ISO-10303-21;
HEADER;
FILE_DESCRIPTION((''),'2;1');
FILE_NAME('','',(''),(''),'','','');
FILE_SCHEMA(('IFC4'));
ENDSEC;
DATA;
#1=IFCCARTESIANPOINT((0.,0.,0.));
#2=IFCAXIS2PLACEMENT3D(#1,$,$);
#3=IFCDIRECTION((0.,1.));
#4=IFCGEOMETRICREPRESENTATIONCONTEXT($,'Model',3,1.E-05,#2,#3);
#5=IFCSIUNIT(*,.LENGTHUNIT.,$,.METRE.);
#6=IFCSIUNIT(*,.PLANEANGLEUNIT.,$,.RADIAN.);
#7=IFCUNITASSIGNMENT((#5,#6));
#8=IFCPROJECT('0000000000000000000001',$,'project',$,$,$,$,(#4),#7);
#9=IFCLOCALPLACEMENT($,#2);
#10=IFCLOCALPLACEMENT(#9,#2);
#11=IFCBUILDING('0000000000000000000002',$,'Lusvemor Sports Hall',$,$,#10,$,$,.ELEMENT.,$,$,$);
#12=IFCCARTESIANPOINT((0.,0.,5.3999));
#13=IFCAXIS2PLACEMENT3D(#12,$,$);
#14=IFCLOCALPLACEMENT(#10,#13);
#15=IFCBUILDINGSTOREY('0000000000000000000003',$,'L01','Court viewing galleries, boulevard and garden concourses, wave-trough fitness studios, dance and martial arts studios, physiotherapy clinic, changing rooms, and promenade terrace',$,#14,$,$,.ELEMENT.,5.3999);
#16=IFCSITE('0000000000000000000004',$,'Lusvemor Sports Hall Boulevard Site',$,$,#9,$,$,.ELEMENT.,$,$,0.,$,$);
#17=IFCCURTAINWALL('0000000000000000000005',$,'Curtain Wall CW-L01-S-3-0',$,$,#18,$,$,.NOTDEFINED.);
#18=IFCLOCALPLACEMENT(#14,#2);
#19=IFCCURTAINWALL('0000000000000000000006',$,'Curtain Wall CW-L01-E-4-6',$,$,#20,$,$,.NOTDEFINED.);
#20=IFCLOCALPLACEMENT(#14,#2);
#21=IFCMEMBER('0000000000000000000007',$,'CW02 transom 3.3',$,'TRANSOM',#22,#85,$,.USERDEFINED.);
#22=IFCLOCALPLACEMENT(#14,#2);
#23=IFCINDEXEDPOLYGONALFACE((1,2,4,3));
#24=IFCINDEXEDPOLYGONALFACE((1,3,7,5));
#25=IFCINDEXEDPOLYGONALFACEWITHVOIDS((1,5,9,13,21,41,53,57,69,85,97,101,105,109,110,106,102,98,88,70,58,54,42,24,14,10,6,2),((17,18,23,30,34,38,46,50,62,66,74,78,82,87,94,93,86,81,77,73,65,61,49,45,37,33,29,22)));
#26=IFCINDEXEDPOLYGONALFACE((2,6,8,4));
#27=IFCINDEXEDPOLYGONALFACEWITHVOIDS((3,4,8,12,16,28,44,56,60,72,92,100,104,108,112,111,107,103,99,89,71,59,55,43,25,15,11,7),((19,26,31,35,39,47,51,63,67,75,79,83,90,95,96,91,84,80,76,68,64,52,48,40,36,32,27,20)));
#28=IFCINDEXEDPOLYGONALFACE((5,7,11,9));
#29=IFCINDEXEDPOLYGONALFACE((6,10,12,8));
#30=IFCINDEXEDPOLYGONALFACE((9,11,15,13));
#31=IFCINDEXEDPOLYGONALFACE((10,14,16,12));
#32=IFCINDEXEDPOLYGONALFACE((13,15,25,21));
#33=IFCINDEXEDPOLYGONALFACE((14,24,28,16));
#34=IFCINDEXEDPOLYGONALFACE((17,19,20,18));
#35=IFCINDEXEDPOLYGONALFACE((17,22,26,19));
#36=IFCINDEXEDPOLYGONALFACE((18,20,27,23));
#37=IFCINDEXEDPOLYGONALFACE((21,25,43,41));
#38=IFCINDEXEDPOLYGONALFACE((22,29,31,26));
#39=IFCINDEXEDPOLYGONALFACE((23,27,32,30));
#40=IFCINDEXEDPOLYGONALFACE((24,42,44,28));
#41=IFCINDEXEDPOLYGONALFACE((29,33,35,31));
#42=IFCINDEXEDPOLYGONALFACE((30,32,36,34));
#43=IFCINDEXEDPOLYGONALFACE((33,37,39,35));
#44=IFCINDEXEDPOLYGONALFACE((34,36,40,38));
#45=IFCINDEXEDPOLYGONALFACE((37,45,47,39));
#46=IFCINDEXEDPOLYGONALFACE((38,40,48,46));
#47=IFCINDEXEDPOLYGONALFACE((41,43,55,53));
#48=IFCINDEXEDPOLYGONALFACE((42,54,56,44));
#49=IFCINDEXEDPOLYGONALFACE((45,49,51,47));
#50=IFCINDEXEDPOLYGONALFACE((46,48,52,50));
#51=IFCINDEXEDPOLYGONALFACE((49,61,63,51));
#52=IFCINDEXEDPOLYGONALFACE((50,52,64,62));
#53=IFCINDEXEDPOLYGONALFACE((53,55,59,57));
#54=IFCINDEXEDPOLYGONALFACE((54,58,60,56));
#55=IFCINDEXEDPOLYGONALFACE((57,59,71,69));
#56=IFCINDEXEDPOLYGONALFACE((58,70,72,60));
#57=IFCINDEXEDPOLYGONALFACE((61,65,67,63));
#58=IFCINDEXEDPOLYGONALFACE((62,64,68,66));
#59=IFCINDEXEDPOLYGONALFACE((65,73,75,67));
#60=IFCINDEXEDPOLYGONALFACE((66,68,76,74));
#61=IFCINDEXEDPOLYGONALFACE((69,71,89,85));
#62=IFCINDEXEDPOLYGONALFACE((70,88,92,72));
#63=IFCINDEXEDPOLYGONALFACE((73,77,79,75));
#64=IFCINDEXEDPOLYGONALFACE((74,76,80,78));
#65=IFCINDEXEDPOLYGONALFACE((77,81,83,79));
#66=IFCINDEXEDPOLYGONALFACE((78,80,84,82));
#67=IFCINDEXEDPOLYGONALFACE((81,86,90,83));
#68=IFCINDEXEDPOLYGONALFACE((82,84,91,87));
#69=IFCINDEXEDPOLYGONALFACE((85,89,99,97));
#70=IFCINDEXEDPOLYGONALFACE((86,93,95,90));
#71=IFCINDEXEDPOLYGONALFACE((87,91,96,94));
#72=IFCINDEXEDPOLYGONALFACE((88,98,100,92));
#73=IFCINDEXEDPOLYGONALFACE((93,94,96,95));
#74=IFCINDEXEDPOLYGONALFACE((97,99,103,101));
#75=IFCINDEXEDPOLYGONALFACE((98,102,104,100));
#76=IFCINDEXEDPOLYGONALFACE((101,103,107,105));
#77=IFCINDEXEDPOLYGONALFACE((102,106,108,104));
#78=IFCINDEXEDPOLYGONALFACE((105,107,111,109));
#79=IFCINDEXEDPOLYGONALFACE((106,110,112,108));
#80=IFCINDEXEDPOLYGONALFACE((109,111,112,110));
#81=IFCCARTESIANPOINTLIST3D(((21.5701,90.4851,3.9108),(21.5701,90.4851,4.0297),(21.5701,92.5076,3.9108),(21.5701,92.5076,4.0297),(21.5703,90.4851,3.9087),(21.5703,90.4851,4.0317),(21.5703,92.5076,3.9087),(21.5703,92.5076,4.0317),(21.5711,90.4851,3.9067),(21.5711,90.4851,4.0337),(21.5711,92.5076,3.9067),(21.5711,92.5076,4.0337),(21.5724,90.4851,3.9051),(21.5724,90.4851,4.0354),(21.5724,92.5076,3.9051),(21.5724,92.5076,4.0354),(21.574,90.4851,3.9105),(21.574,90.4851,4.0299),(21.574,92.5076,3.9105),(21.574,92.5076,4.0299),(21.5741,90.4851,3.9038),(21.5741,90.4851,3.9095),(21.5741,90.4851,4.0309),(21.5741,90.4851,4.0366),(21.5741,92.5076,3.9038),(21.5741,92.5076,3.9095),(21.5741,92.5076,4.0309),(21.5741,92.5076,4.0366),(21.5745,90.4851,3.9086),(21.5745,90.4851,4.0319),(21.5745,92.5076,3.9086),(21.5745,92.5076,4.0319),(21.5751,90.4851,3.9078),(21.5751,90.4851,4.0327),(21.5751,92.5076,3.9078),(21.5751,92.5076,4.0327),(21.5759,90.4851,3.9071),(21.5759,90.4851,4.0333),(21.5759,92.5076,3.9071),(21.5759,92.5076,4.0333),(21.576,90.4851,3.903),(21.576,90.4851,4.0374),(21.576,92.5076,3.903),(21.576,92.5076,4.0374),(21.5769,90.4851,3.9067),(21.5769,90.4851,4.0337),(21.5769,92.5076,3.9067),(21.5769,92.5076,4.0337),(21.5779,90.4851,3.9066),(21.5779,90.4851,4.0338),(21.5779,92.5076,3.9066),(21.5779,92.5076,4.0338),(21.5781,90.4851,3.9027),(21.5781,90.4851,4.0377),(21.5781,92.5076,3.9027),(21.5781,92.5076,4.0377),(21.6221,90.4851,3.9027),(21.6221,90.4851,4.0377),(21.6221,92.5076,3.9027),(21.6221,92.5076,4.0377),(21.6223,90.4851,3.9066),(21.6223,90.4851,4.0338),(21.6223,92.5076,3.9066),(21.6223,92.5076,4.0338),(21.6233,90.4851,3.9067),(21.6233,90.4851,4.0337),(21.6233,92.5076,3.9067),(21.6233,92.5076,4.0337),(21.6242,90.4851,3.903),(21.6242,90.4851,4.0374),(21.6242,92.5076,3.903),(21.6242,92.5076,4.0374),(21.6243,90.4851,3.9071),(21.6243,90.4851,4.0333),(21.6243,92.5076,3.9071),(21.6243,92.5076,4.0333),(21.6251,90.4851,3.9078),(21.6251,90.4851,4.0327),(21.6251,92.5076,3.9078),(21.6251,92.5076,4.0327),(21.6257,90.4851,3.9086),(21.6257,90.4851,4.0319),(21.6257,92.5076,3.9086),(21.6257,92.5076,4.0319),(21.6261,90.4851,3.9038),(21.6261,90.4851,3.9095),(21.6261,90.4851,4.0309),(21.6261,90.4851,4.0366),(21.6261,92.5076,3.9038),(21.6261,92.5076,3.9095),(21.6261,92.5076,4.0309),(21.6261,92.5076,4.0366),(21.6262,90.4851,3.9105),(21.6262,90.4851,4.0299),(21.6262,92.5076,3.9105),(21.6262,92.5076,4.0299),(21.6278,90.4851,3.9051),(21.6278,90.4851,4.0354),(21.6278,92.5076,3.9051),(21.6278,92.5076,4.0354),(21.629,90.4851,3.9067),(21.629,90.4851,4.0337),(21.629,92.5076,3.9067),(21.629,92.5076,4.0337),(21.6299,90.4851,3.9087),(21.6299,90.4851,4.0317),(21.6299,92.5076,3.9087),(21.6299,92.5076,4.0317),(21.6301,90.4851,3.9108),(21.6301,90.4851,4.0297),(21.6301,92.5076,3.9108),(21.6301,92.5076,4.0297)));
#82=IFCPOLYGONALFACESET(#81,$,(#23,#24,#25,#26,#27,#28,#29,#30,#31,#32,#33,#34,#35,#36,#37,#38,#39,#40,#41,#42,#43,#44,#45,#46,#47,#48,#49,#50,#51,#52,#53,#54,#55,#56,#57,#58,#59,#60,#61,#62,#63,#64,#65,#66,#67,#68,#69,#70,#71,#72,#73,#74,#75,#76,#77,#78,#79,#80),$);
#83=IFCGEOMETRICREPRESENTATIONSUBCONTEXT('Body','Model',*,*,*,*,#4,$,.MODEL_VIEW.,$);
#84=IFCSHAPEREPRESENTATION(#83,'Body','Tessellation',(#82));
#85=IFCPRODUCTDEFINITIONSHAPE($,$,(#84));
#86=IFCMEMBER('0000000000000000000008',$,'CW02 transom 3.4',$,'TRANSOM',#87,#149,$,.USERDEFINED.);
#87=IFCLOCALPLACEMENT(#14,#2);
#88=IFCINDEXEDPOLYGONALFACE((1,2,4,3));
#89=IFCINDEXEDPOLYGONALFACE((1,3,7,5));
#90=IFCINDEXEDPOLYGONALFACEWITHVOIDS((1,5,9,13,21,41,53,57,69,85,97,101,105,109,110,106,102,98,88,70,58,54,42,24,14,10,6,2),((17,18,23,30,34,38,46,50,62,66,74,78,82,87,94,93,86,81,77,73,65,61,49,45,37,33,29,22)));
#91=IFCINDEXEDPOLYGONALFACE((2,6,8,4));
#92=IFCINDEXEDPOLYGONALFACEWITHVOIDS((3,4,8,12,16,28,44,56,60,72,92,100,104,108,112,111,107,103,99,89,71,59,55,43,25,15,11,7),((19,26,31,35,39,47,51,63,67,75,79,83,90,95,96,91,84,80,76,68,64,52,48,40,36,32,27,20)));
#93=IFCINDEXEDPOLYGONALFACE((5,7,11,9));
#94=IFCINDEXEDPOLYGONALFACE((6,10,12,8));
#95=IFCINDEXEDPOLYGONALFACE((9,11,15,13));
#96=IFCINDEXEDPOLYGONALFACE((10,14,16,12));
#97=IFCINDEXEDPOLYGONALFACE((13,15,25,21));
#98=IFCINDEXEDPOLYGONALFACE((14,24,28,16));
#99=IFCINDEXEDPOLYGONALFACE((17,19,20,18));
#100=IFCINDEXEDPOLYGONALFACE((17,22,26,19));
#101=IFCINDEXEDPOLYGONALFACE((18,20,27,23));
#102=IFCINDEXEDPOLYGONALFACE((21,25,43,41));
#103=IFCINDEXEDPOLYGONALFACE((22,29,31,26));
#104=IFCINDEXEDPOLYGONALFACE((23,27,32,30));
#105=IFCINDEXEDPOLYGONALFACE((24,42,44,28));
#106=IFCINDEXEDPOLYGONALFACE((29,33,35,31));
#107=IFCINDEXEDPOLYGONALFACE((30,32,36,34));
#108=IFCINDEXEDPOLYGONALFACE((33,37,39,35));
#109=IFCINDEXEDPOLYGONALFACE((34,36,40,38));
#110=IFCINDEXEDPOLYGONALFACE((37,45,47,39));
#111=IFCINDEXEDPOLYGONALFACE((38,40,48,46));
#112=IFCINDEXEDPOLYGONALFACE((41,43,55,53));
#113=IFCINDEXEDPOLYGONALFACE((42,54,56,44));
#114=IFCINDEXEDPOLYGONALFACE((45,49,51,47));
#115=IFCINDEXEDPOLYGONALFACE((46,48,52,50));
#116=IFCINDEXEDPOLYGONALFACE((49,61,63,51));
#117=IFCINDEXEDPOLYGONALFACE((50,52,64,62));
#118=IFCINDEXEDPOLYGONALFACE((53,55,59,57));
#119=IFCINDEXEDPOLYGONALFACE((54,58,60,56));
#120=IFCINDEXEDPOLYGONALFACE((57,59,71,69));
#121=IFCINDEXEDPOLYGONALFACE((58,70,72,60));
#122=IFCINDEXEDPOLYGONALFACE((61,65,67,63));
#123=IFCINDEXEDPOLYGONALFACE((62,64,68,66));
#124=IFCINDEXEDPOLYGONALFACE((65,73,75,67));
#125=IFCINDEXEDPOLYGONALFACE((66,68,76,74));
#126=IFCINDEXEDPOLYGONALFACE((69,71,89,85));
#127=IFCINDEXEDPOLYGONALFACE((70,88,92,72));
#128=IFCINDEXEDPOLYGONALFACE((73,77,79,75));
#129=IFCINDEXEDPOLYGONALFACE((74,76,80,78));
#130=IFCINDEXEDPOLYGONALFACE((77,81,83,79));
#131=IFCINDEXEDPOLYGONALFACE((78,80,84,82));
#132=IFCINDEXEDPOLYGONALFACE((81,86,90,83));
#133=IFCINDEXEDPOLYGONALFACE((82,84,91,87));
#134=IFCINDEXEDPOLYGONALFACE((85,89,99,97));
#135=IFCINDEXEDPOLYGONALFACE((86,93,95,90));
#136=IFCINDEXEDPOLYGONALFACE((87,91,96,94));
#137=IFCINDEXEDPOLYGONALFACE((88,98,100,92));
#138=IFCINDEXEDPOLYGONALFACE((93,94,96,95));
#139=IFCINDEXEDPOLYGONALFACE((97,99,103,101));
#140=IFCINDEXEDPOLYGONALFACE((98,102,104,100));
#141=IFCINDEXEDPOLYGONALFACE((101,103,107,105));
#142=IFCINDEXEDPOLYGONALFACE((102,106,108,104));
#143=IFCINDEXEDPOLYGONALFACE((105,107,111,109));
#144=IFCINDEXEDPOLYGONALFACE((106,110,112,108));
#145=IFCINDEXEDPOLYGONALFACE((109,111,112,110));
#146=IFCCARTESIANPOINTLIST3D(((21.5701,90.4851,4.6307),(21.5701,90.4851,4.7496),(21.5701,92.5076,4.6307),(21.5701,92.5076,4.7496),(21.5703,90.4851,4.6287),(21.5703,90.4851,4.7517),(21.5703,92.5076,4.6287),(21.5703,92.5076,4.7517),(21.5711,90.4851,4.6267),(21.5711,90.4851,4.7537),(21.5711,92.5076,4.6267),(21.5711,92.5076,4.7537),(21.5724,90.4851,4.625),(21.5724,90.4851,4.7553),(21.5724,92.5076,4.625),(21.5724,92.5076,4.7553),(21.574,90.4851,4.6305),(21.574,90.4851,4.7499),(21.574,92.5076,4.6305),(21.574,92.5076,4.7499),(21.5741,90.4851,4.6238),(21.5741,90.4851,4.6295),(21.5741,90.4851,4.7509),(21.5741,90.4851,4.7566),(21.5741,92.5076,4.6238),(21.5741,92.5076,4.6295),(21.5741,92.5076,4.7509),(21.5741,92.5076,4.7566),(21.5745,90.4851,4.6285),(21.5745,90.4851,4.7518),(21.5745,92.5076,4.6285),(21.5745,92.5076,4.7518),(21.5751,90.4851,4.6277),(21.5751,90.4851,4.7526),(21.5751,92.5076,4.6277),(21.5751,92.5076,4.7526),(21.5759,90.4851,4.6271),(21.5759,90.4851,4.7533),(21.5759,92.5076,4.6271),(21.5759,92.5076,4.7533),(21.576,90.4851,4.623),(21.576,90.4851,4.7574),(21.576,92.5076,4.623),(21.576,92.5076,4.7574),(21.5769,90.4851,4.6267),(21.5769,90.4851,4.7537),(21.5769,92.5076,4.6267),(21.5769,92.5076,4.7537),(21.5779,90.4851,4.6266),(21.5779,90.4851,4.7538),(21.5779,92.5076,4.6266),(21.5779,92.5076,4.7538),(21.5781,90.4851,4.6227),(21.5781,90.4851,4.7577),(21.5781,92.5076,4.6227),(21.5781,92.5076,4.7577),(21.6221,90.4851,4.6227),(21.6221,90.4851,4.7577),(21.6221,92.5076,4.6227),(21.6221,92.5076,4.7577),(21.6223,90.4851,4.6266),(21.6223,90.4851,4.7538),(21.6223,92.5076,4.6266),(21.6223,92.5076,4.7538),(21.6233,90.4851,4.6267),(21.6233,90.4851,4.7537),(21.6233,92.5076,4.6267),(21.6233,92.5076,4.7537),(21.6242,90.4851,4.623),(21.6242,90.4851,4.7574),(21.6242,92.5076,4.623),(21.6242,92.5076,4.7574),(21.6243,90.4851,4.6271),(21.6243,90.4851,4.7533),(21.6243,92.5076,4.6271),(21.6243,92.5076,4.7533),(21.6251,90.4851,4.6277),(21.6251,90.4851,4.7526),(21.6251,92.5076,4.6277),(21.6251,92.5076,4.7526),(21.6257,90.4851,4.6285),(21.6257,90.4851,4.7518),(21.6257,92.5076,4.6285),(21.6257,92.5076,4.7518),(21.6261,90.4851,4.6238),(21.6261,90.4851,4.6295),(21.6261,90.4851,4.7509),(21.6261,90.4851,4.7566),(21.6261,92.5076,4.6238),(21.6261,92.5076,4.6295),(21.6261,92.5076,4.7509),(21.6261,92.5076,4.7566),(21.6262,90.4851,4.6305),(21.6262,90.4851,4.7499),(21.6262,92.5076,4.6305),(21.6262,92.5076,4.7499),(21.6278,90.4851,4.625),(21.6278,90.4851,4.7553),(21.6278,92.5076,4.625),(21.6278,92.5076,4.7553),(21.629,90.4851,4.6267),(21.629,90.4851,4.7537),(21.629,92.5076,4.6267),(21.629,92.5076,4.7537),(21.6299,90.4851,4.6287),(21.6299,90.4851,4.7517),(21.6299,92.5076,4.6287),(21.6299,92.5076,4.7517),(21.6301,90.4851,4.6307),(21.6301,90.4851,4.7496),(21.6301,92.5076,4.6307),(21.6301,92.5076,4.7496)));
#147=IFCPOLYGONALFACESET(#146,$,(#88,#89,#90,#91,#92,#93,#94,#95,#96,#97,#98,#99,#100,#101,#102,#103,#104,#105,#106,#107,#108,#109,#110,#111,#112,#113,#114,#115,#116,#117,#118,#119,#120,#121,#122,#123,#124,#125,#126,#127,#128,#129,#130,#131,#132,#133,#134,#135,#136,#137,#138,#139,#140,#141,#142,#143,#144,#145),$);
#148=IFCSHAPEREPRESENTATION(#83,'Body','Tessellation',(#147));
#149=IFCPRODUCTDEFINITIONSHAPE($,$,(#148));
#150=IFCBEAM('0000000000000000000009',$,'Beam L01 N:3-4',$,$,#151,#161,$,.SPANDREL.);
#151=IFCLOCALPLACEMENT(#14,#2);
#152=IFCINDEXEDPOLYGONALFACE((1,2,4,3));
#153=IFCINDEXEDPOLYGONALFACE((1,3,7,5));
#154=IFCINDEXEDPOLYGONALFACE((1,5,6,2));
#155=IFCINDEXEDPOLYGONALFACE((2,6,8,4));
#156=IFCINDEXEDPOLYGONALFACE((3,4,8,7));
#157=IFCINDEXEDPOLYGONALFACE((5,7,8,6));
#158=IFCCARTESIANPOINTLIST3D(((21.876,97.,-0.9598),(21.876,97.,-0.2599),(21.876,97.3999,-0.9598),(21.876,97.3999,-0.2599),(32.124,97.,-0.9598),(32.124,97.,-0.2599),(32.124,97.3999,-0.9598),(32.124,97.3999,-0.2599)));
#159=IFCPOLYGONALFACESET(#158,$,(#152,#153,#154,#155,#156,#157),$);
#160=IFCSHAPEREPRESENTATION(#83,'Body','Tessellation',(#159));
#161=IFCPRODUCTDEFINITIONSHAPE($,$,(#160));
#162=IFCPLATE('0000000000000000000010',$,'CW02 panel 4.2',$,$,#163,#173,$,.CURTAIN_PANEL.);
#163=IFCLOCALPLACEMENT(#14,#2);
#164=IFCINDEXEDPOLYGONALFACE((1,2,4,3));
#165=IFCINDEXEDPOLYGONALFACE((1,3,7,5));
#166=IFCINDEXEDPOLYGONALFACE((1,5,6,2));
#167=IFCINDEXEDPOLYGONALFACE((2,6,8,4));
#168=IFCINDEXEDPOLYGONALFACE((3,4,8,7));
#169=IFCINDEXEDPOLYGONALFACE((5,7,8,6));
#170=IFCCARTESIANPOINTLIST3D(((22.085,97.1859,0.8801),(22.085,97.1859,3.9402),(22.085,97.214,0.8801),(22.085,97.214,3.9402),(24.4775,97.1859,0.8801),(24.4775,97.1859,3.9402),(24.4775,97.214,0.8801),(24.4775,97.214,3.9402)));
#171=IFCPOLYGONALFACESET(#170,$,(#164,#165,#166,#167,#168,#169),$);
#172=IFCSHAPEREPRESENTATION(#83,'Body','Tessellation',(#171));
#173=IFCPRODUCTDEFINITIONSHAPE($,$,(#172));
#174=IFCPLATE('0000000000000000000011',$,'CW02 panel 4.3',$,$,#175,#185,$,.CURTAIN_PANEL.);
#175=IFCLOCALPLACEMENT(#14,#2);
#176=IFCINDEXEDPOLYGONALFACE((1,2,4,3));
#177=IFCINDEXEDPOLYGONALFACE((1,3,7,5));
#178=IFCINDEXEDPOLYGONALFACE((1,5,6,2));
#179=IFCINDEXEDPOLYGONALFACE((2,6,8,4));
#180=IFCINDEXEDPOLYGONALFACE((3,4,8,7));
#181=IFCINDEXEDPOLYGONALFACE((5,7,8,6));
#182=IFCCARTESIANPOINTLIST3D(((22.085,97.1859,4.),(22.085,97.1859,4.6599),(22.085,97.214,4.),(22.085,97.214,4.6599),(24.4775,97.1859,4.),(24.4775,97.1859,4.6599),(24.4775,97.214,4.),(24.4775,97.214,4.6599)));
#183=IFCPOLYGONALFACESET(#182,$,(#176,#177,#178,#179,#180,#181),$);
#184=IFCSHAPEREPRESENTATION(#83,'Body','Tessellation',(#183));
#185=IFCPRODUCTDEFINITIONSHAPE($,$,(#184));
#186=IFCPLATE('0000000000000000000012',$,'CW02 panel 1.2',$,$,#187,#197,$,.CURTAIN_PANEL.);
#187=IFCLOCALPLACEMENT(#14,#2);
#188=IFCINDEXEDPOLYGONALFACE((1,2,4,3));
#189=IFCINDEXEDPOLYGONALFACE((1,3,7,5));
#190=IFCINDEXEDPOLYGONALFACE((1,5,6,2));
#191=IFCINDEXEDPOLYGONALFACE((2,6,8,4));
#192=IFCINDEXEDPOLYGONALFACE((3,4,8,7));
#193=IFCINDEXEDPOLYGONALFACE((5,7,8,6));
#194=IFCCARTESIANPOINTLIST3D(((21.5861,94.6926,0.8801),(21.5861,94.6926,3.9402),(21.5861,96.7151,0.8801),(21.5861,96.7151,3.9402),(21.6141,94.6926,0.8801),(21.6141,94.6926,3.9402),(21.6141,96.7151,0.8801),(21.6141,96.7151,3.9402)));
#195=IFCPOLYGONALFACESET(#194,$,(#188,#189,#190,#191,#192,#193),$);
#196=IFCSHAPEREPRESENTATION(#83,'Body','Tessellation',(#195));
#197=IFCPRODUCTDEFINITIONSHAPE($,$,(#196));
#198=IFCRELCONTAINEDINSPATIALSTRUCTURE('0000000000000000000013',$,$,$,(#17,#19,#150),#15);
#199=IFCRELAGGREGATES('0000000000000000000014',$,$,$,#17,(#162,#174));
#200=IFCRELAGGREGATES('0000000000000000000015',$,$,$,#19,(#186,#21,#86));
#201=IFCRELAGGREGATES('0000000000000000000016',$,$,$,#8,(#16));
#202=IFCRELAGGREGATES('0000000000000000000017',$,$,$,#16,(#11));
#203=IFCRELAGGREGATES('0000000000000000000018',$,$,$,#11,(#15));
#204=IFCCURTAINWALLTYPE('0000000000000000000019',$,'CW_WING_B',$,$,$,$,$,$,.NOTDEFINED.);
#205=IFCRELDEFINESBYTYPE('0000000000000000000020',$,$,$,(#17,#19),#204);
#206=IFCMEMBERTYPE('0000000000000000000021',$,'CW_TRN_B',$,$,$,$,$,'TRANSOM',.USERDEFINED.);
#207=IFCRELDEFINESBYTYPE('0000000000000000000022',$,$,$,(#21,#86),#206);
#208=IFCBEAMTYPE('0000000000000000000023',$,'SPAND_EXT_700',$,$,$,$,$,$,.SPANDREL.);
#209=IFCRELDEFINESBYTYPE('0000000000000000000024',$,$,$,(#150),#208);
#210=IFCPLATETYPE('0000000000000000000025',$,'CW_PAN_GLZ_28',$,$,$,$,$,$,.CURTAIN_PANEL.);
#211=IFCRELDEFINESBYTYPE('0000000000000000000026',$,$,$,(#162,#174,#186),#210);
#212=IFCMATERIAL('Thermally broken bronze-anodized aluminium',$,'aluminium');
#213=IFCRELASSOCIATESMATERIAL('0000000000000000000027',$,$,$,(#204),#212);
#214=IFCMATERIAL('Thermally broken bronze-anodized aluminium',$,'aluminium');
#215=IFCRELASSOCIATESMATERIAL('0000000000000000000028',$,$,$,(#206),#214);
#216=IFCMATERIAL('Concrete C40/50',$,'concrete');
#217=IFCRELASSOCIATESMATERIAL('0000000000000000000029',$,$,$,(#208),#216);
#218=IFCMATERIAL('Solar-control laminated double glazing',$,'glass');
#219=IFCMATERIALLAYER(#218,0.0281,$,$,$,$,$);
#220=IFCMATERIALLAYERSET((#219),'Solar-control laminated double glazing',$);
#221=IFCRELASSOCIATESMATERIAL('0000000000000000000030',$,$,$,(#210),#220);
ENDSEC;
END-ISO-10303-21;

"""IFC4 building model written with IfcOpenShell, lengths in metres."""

from ifc_helpers import new_model, si_unit, direction, frame, origin, origin_2d, place, context, subcontext, project, spatial, rectangle, hollow_rectangle, extrude, material, layer, layer_set, material_profile, profile_set, type_object, element, aggregate, save


model = new_model("IFC4")

# Units and contexts
model_context = context("Model", 3, precision=1e-05, world=origin(), true_north=direction((0.0, 1.0)))
body_context = subcontext(model_context, "Body", "Model", "MODEL_VIEW")
ifc_project = project(units=[si_unit("LENGTHUNIT", "METRE"), si_unit("PLANEANGLEUNIT", "RADIAN")], contexts=[model_context])

# Site, building, storey
site_placement = place(None, origin())
site = spatial("IfcSite", under=ifc_project, at=site_placement, Name="Lusvemor Sports Hall Boulevard Site", CompositionType="ELEMENT", RefElevation=0.0)
building_placement = place(site_placement, origin())
building = spatial("IfcBuilding", under=site, at=building_placement, Name="Lusvemor Sports Hall", CompositionType="ELEMENT")
storey_placement = place(building_placement, frame((0.0, 0.0, 5.3999)))
storey = spatial("IfcBuildingStorey", under=building, at=storey_placement, Name="L01", Description="Court viewing galleries, boulevard and garden concourses, wave-trough fitness studios, dance and martial arts studios, physiotherapy clinic, changing rooms, and promenade terrace", CompositionType="ELEMENT", Elevation=5.3999)

# Curtain wall
ifc_material_1 = material(Name="Thermally broken bronze-anodized aluminium", Category="aluminium")
curtain_wall_type = type_object("IfcCurtainWallType", Name="CW_WING_B", PredefinedType="NOTDEFINED", material=ifc_material_1)
curtain_wall_1_placement = place(storey_placement, origin())
curtain_wall_1 = element("IfcCurtainWall", 1, at=curtain_wall_1_placement, inside=storey, type_object=curtain_wall_type, Name="Curtain Wall CW-L01-S-3-0", PredefinedType="NOTDEFINED")

# Curtain wall
curtain_wall_2_placement = place(storey_placement, origin())
curtain_wall_2 = element("IfcCurtainWall", 2, at=curtain_wall_2_placement, inside=storey, type_object=curtain_wall_type, Name="Curtain Wall CW-L01-E-4-6", PredefinedType="NOTDEFINED")

# Members
ifc_material_2 = material(Name="Thermally broken bronze-anodized aluminium", Category="aluminium")
ifc_material_profile_1 = material_profile(ifc_material_2, hollow_rectangle(XDim=0.0601, YDim=0.135, WallThickness=0.0039, InnerFilletRadius=0.0039, OuterFilletRadius=0.0081, at=origin_2d()), Name="CWTRN135x60x4")
ifc_profile_set_1 = profile_set([ifc_material_profile_1], Name="Thermally broken bronze-anodized aluminium")
member_type_1 = type_object("IfcMemberType", Name="CW_TRN_B", ElementType="TRANSOM", PredefinedType="USERDEFINED", material=ifc_profile_set_1)
member_1_placement = place(storey_placement, frame((21.6001, 92.5076, 3.9702), z_axis=(0.0, -1.0, 0.0), x_axis=(1.0, 0.0, 0.0)))
member_1 = element("IfcMember", 3, at=member_1_placement, type_object=member_type_1, Name="CW02 transom 3.3", ObjectType="TRANSOM", PredefinedType="USERDEFINED", context=body_context, shape_type="SweptSolid", body=[
    extrude(hollow_rectangle(XDim=0.0601, YDim=0.135, WallThickness=0.0039, InnerFilletRadius=0.0039, OuterFilletRadius=0.0081, at=origin_2d()), origin(), (0.0, 0.0, 1.0), 2.0225),
])
member_2_placement = place(storey_placement, frame((21.6001, 92.5076, 4.6902), z_axis=(0.0, -1.0, 0.0), x_axis=(1.0, 0.0, 0.0)))
member_2 = element("IfcMember", 4, at=member_2_placement, type_object=member_type_1, Name="CW02 transom 3.4", ObjectType="TRANSOM", PredefinedType="USERDEFINED", context=body_context, shape_type="SweptSolid", body=[
    extrude(hollow_rectangle(XDim=0.0601, YDim=0.135, WallThickness=0.0039, InnerFilletRadius=0.0039, OuterFilletRadius=0.0081, at=origin_2d()), origin(), (0.0, 0.0, 1.0), 2.0225),
])

# Beam
ifc_material_3 = material(Name="Concrete C40/50", Category="concrete")
ifc_material_profile_2 = material_profile(ifc_material_3, rectangle(XDim=0.3999, YDim=0.7, at=origin_2d()), Name="RC400x700")
ifc_profile_set_2 = profile_set([ifc_material_profile_2], Name="Concrete C40/50")
beam_type = type_object("IfcBeamType", Name="SPAND_EXT_700", PredefinedType="SPANDREL", material=ifc_profile_set_2)
beam_placement = place(storey_placement, frame((21.876, 97.2, -0.6099), z_axis=(1.0, 0.0, 0.0), x_axis=(0.0, 1.0, 0.0)))
element("IfcBeam", 5, at=beam_placement, inside=storey, type_object=beam_type, Name="Beam L01 N:3-4", PredefinedType="SPANDREL", context=body_context, shape_type="SweptSolid", body=[
    extrude(rectangle(XDim=0.3999, YDim=0.7, at=origin_2d()), origin(), (0.0, 0.0, 1.0), 10.248),
])

# Plates
ifc_material_4 = material(Name="Solar-control laminated double glazing", Category="glass")
ifc_layer_1 = layer(ifc_material_4, 0.0281)
ifc_layer_set_1 = layer_set([ifc_layer_1], Name="Solar-control laminated double glazing")
plate_type_1 = type_object("IfcPlateType", Name="CW_PAN_GLZ_28", PredefinedType="CURTAIN_PANEL", material=ifc_layer_set_1)
plate_1_placement = place(storey_placement, frame((23.2812, 97.2, 0.8801), z_axis=(0.0, 0.0, 1.0), x_axis=(-1.0, 0.0, 0.0)))
plate_1 = element("IfcPlate", 6, at=plate_1_placement, type_object=plate_type_1, Name="CW02 panel 4.2", PredefinedType="CURTAIN_PANEL", context=body_context, shape_type="SweptSolid", body=[
    extrude(rectangle(XDim=2.3926, YDim=0.0281, at=origin_2d()), origin(), (0.0, 0.0, 1.0), 3.0601),
])
plate_2_placement = place(storey_placement, frame((23.2812, 97.2, 4.0), z_axis=(0.0, 0.0, 1.0), x_axis=(-1.0, 0.0, 0.0)))
plate_2 = element("IfcPlate", 7, at=plate_2_placement, type_object=plate_type_1, Name="CW02 panel 4.3", PredefinedType="CURTAIN_PANEL", context=body_context, shape_type="SweptSolid", body=[
    extrude(rectangle(XDim=2.3926, YDim=0.0281, at=origin_2d()), origin(), (0.0, 0.0, 1.0), 0.6599),
])
plate_3_placement = place(storey_placement, frame((21.6001, 95.7039, 0.8801), z_axis=(0.0, 0.0, 1.0), x_axis=(0.0, -1.0, 0.0)))
plate_3 = element("IfcPlate", 8, at=plate_3_placement, type_object=plate_type_1, Name="CW02 panel 1.2", PredefinedType="CURTAIN_PANEL", context=body_context, shape_type="SweptSolid", body=[
    extrude(rectangle(XDim=2.0225, YDim=0.0281, at=origin_2d()), origin(), (0.0, 0.0, 1.0), 3.0601),
])
aggregate(curtain_wall_1, [plate_1, plate_2])
aggregate(curtain_wall_2, [plate_3, member_1, member_2])

save(model, "model.ifc")
